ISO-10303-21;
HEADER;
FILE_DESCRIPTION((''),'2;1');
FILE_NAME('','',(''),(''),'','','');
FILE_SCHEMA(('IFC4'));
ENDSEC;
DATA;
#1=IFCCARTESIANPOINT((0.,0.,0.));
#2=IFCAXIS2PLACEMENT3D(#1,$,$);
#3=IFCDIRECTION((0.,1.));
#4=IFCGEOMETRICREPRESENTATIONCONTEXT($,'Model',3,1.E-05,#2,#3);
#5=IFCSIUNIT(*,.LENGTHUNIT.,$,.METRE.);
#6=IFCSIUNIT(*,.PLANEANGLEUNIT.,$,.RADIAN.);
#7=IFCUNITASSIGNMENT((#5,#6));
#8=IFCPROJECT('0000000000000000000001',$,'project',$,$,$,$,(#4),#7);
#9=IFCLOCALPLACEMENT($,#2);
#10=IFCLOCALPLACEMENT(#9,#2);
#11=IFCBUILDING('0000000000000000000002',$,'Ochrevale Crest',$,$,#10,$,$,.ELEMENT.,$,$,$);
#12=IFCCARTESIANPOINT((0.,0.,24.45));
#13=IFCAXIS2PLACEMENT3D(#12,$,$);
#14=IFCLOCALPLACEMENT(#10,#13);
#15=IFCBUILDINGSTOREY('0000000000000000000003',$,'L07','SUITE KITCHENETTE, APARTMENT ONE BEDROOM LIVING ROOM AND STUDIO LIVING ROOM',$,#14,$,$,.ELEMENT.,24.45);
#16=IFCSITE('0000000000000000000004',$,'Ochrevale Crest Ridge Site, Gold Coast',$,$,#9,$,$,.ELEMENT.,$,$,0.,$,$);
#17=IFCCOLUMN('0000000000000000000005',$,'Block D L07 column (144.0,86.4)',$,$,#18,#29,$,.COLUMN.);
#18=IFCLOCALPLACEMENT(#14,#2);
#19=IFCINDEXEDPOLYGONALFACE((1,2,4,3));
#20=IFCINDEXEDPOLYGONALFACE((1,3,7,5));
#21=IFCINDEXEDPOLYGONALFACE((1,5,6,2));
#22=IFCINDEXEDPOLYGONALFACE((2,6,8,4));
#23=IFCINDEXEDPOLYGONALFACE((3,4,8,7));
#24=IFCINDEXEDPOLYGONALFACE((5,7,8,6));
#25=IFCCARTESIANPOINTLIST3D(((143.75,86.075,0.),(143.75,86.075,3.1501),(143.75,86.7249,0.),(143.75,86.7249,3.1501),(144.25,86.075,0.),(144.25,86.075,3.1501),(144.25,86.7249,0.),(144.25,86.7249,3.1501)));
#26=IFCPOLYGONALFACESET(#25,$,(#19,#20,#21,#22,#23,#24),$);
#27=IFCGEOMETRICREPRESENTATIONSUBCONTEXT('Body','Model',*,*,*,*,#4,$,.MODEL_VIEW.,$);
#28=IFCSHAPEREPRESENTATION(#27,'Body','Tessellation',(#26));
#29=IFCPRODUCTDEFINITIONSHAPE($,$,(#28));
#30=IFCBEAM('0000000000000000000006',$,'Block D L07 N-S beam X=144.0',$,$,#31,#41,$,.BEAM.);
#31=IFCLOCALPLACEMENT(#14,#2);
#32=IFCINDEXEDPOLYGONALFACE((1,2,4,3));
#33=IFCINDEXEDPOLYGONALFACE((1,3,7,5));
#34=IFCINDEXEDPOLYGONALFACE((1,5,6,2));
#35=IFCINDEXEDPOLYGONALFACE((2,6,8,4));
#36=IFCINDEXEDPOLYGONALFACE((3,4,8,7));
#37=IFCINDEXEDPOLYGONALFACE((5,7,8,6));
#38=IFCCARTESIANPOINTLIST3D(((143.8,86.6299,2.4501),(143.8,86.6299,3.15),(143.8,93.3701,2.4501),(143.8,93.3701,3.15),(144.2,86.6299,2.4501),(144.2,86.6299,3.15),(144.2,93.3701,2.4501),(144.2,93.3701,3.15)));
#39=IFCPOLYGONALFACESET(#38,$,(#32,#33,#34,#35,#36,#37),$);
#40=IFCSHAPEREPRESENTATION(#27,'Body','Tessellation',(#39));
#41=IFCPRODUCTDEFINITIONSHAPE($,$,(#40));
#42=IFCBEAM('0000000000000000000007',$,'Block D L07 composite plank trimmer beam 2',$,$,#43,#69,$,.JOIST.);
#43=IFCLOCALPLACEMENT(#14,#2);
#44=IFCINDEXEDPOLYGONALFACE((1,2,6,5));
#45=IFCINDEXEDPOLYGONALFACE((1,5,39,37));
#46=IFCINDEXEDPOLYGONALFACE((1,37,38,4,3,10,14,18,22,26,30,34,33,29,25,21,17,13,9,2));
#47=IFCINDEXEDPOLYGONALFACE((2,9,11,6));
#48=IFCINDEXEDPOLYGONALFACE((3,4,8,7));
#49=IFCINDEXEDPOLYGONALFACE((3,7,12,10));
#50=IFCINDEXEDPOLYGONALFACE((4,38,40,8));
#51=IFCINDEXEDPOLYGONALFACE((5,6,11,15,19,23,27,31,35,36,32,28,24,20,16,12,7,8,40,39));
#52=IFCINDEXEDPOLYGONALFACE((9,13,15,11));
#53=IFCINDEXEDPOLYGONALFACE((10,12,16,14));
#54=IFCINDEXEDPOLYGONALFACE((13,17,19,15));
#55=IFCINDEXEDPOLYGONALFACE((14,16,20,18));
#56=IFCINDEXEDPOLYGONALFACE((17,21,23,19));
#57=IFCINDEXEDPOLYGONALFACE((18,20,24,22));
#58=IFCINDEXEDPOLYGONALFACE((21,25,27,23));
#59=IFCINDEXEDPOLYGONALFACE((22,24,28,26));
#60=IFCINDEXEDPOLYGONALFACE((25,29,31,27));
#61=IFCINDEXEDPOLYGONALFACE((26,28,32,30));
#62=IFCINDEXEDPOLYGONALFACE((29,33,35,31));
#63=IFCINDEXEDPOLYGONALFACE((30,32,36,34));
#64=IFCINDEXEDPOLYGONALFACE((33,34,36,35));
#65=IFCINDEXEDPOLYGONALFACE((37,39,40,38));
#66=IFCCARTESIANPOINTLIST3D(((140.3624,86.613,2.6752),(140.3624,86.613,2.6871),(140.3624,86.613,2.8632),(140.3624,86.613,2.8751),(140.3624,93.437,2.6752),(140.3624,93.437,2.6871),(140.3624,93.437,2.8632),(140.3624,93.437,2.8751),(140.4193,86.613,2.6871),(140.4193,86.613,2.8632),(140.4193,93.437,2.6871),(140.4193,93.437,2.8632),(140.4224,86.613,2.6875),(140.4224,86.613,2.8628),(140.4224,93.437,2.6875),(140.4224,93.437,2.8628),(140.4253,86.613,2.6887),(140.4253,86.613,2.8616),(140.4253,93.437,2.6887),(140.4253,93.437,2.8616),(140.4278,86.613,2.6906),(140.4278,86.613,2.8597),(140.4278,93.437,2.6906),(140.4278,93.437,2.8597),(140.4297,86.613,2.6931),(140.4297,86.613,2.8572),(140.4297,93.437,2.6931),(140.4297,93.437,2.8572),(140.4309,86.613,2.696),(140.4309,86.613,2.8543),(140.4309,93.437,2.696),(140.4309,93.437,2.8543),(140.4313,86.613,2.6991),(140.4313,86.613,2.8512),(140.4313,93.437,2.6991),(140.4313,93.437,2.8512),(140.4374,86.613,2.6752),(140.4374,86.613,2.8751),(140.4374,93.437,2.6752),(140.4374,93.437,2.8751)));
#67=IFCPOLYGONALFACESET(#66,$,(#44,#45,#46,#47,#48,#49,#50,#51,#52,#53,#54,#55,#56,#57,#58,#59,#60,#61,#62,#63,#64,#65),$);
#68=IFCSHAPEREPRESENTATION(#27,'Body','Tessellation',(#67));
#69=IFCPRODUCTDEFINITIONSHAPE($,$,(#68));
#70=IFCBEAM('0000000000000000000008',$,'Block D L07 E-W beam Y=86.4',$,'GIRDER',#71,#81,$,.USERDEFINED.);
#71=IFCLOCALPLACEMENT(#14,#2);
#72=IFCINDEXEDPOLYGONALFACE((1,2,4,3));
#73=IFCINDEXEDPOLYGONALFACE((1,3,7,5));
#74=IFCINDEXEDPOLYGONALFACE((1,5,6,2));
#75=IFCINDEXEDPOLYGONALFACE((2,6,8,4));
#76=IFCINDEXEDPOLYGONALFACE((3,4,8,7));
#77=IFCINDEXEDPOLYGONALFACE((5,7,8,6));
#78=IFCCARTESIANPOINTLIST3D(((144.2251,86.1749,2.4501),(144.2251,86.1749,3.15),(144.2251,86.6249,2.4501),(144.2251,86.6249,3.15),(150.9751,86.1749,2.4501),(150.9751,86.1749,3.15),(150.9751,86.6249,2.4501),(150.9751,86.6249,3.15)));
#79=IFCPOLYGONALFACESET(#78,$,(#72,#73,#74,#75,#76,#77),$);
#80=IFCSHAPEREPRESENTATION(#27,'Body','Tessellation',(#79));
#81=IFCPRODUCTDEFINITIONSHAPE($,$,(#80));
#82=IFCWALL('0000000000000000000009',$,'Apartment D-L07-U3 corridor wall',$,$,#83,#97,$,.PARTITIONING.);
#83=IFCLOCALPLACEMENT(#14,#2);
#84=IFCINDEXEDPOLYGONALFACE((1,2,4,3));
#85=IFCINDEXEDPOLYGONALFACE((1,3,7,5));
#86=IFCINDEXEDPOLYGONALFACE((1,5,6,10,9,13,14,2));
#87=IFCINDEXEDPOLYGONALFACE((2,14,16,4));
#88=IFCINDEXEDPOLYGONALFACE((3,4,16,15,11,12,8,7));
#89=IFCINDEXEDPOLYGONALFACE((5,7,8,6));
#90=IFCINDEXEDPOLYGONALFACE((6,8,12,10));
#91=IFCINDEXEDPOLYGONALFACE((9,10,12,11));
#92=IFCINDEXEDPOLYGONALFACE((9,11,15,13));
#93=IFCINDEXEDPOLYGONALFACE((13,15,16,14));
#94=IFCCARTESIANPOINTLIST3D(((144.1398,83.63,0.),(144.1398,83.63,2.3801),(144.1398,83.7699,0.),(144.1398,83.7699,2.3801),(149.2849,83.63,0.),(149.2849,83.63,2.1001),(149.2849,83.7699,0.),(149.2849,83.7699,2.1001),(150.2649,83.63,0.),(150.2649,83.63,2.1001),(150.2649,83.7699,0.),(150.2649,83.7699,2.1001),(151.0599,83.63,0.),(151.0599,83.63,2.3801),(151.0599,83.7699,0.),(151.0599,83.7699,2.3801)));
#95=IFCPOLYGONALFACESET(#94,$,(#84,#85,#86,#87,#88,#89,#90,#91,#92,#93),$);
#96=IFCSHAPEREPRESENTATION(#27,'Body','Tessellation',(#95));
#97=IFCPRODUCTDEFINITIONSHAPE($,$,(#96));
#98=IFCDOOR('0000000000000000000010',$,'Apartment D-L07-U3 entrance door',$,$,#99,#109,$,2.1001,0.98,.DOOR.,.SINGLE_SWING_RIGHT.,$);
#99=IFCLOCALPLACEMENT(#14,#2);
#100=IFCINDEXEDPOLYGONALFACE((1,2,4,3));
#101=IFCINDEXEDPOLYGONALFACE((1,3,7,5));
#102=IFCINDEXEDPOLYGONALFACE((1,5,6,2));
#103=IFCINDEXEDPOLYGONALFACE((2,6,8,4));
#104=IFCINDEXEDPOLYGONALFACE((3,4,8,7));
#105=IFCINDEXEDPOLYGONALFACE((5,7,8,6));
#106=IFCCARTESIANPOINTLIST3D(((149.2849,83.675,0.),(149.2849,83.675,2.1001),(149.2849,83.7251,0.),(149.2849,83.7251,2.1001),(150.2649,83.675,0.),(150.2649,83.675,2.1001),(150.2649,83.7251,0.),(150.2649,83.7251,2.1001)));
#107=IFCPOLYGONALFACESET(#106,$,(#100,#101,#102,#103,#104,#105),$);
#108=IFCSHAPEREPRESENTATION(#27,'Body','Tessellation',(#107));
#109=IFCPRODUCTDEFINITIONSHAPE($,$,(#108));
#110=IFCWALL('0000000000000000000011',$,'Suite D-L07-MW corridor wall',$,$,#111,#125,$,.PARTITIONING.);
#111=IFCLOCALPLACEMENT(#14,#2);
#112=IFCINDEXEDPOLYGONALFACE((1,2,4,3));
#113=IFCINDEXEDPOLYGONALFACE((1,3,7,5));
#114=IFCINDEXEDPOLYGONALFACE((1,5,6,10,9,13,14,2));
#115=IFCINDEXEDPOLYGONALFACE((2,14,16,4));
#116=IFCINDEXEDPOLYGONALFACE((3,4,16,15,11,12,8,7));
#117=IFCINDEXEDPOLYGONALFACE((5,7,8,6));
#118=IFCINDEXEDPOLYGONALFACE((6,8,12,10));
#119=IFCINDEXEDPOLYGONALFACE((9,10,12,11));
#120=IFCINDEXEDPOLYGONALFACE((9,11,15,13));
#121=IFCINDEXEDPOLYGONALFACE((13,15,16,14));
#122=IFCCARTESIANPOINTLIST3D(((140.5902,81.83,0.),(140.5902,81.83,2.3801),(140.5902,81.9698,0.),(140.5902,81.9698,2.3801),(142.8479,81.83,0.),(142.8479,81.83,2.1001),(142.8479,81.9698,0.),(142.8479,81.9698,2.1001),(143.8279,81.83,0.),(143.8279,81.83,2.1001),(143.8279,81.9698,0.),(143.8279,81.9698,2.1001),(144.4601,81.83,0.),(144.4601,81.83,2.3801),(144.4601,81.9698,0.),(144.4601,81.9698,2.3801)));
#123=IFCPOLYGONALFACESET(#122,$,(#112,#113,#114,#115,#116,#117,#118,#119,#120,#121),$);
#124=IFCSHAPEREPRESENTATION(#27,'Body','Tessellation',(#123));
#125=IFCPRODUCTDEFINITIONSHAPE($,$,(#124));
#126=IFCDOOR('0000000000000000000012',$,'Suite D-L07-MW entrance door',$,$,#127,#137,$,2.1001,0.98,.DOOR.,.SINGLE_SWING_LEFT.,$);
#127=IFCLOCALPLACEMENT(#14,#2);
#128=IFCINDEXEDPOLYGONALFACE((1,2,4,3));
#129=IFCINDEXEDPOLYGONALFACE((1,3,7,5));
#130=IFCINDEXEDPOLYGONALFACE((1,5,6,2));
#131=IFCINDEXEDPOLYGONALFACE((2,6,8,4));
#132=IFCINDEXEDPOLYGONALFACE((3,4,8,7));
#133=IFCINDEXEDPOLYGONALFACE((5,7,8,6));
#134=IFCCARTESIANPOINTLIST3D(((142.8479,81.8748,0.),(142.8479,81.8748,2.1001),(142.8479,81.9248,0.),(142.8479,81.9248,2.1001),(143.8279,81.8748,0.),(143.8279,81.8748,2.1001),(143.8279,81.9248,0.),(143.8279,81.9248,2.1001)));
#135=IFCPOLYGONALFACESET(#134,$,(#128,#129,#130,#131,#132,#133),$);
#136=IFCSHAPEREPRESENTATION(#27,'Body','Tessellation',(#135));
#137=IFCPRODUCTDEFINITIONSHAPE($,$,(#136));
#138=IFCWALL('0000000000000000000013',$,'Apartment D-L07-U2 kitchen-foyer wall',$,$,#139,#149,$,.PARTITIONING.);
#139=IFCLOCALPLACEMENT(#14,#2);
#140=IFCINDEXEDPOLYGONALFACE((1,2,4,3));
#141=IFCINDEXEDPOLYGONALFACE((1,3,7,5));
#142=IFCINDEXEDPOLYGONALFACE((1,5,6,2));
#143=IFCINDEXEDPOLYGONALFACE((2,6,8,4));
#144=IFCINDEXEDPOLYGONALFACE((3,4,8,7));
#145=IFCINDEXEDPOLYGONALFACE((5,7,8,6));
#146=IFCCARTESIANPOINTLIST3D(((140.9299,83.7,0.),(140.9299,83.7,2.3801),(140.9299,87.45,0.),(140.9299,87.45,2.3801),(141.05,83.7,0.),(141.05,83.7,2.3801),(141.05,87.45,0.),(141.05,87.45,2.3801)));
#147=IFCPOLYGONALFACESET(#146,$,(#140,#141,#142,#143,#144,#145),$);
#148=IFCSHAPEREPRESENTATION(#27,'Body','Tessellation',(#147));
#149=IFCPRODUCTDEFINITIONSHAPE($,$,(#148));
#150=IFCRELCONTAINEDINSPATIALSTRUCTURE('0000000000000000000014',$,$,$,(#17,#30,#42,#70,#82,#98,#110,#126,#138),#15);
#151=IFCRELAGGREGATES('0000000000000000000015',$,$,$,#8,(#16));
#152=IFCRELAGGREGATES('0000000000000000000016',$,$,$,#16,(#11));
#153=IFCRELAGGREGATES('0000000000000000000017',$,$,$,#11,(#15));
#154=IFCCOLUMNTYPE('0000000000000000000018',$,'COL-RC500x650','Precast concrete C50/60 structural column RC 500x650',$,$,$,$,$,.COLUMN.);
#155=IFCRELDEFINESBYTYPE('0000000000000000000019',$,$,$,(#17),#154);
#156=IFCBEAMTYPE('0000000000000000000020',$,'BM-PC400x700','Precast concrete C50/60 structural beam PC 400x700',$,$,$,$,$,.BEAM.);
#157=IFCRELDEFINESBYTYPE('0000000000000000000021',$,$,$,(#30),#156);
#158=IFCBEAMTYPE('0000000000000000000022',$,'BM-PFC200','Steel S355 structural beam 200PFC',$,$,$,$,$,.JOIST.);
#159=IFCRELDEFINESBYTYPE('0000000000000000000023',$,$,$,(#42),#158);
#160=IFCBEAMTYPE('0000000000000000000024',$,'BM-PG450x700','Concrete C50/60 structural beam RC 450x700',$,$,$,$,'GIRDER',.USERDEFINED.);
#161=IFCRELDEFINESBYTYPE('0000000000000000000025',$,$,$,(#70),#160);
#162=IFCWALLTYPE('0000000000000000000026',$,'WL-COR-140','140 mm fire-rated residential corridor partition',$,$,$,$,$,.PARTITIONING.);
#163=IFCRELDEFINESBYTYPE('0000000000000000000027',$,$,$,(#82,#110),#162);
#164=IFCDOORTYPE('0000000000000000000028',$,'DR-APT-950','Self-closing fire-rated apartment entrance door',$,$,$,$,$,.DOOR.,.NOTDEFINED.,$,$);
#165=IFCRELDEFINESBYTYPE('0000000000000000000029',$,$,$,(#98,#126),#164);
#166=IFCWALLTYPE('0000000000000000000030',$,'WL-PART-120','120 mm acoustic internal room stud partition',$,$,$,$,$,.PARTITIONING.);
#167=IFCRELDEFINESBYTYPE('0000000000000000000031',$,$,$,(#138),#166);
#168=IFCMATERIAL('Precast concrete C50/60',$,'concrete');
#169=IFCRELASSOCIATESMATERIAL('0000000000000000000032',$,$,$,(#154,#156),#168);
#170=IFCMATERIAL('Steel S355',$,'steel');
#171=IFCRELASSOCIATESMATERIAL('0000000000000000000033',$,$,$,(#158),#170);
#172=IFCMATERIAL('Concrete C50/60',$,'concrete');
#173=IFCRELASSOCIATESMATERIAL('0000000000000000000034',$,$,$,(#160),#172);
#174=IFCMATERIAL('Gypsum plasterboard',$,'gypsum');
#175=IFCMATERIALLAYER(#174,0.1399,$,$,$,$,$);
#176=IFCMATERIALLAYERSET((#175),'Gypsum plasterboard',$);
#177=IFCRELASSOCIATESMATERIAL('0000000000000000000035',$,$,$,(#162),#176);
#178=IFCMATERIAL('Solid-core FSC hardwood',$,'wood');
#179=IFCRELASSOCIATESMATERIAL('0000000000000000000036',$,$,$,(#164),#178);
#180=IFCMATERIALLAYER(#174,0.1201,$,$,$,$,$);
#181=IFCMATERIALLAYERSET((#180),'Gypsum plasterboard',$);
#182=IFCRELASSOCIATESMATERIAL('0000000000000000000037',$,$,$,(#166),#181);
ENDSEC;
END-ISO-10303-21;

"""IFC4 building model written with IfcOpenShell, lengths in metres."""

from ifc_helpers import new_model, si_unit, direction, frame, frame_2d, origin, origin_2d, place, context, subcontext, project, spatial, rectangle, u_section, extrude, material, layer, layer_set, material_profile, profile_set, type_object, element, fill, save


model = new_model("IFC4")

# Units and contexts
model_context = context("Model", 3, precision=1e-05, world=origin(), true_north=direction((0.0, 1.0)))
body_context = subcontext(model_context, "Body", "Model", "MODEL_VIEW")
ifc_project = project(units=[si_unit("LENGTHUNIT", "METRE"), si_unit("PLANEANGLEUNIT", "RADIAN")], contexts=[model_context])

# Site, building, storey
site_placement = place(None, origin())
site = spatial("IfcSite", under=ifc_project, at=site_placement, Name="Ochrevale Crest Ridge Site, Gold Coast", CompositionType="ELEMENT", RefElevation=0.0)
building_placement = place(site_placement, origin())
building = spatial("IfcBuilding", under=site, at=building_placement, Name="Ochrevale Crest", CompositionType="ELEMENT")
storey_placement = place(building_placement, frame((0.0, 0.0, 24.45)))
storey = spatial("IfcBuildingStorey", under=building, at=storey_placement, Name="L07", Description="SUITE KITCHENETTE, APARTMENT ONE BEDROOM LIVING ROOM AND STUDIO LIVING ROOM", CompositionType="ELEMENT", Elevation=24.45)

# Column
ifc_material_1 = material(Name="Precast concrete C50/60", Category="concrete")
ifc_material_profile_1 = material_profile(ifc_material_1, rectangle(XDim=0.5, YDim=0.6499, at=origin_2d()), Name="RC 500x650")
ifc_profile_set_1 = profile_set([ifc_material_profile_1], Name="Precast concrete C50/60")
column_type = type_object("IfcColumnType", Name="COL-RC500x650", Description="Precast concrete C50/60 structural column RC 500x650", PredefinedType="COLUMN", material=ifc_profile_set_1)
column_placement = place(storey_placement, frame((144.0, 86.3999, 0.0), z_axis=(0.0, 0.0, 1.0), x_axis=(1.0, 0.0, 0.0)))
element("IfcColumn", 1, at=column_placement, inside=storey, type_object=column_type, Name="Block D L07 column (144.0,86.4)", PredefinedType="COLUMN", context=body_context, shape_type="SweptSolid", body=[
    extrude(rectangle(XDim=0.5, YDim=0.6499, at=origin_2d()), origin(), (0.0, 0.0, 1.0), 3.1501),
])

# Beams
ifc_material_profile_2 = material_profile(ifc_material_1, rectangle(XDim=0.3999, YDim=0.7, at=origin_2d()), Name="PC 400x700")
ifc_profile_set_2 = profile_set([ifc_material_profile_2], Name="Precast concrete C50/60")
beam_type_1 = type_object("IfcBeamType", Name="BM-PC400x700", Description="Precast concrete C50/60 structural beam PC 400x700", PredefinedType="BEAM", material=ifc_profile_set_2)
beam_1_placement = place(storey_placement, frame((144.0, 86.6299, 2.8), z_axis=(0.0, 1.0, 0.0), x_axis=(-1.0, 0.0, 0.0)))
element("IfcBeam", 2, at=beam_1_placement, inside=storey, type_object=beam_type_1, Name="Block D L07 N-S beam X=144.0", PredefinedType="BEAM", context=body_context, shape_type="SweptSolid", body=[
    extrude(rectangle(XDim=0.3999, YDim=0.7, at=origin_2d()), origin(), (0.0, 0.0, 1.0), 6.7402),
])
ifc_material_2 = material(Name="Steel S355", Category="steel")
ifc_material_profile_3 = material_profile(ifc_material_2, u_section(Depth=0.2, FlangeWidth=0.075, WebThickness=0.0061, FlangeThickness=0.012, FilletRadius=0.012, at=origin_2d()), Name="200PFC")
ifc_profile_set_3 = profile_set([ifc_material_profile_3], Name="Steel S355")
beam_type_2 = type_object("IfcBeamType", Name="BM-PFC200", Description="Steel S355 structural beam 200PFC", PredefinedType="JOIST", material=ifc_profile_set_3)
beam_2_placement = place(storey_placement, frame((140.3999, 86.613, 2.7751), z_axis=(0.0, 1.0, 0.0), x_axis=(-1.0, 0.0, 0.0)))
element("IfcBeam", 3, at=beam_2_placement, inside=storey, type_object=beam_type_2, Name="Block D L07 composite plank trimmer beam 2", PredefinedType="JOIST", context=body_context, shape_type="SweptSolid", body=[
    extrude(u_section(Depth=0.2, FlangeWidth=0.075, WebThickness=0.0061, FlangeThickness=0.012, FilletRadius=0.012, at=origin_2d()), origin(), (0.0, 0.0, 1.0), 6.824),
])
ifc_material_3 = material(Name="Concrete C50/60", Category="concrete")
ifc_material_profile_4 = material_profile(ifc_material_3, rectangle(XDim=0.45, YDim=0.7, at=origin_2d()), Name="RC 450x700")
ifc_profile_set_4 = profile_set([ifc_material_profile_4], Name="Concrete C50/60")
beam_type_3 = type_object("IfcBeamType", Name="BM-PG450x700", Description="Concrete C50/60 structural beam RC 450x700", ElementType="GIRDER", PredefinedType="USERDEFINED", material=ifc_profile_set_4)
beam_3_placement = place(storey_placement, frame((144.2251, 86.3999, 2.8), z_axis=(1.0, 0.0, 0.0), x_axis=(0.0, 1.0, 0.0)))
element("IfcBeam", 4, at=beam_3_placement, inside=storey, type_object=beam_type_3, Name="Block D L07 E-W beam Y=86.4", ObjectType="GIRDER", PredefinedType="USERDEFINED", context=body_context, shape_type="SweptSolid", body=[
    extrude(rectangle(XDim=0.45, YDim=0.7, at=origin_2d()), origin(), (0.0, 0.0, 1.0), 6.75),
])

# Walls, openings, doors
ifc_material_4 = material(Name="Gypsum plasterboard", Category="gypsum")
ifc_layer_1 = layer(ifc_material_4, 0.1399)
ifc_layer_set_1 = layer_set([ifc_layer_1], Name="Gypsum plasterboard")
wall_type_1 = type_object("IfcWallType", Name="WL-COR-140", Description="140 mm fire-rated residential corridor partition", PredefinedType="PARTITIONING", material=ifc_layer_set_1)
wall_1_placement = place(storey_placement, frame((144.1399, 83.7, 0.0), z_axis=(0.0, 0.0, 1.0), x_axis=(1.0, 0.0, 0.0)))
wall_1 = element("IfcWall", 5, at=wall_1_placement, inside=storey, type_object=wall_type_1, Name="Apartment D-L07-U3 corridor wall", PredefinedType="PARTITIONING", context=body_context, shape_type="SweptSolid", body=[
    extrude(rectangle(XDim=6.9202, YDim=0.1399, at=frame_2d((3.46, 0.0))), origin(), (0.0, 0.0, 1.0), 2.3801),
])
opening_1_placement = place(wall_1_placement, frame((6.125, 0.0, 0.0), z_axis=(0.0, 0.0, 1.0), x_axis=(-1.0, 0.0, 0.0)))
opening_1 = element("IfcOpeningElement", 6, at=opening_1_placement, cuts=wall_1, PredefinedType="OPENING", context=body_context, shape_type="SweptSolid", body=[
    extrude(rectangle(XDim=0.98, YDim=2.1001, at=frame_2d((0.49, 1.05))), frame((0.0, 0.0801, 0.0), z_axis=(0.0, -1.0, 0.0), x_axis=(1.0, 0.0, 0.0)), (0.0, 0.0, 1.0), 0.1599),
])
ifc_material_5 = material(Name="Solid-core FSC hardwood", Category="wood")
door_type_1 = type_object("IfcDoorType", Name="DR-APT-950", Description="Self-closing fire-rated apartment entrance door", OperationType="NOTDEFINED", PredefinedType="DOOR", material=ifc_material_5)
door_1_placement = place(opening_1_placement, origin())
door_1 = element("IfcDoor", 7, at=door_1_placement, inside=storey, type_object=door_type_1, Name="Apartment D-L07-U3 entrance door", OperationType="SINGLE_SWING_RIGHT", OverallHeight=2.1001, OverallWidth=0.98, PredefinedType="DOOR", context=body_context, shape_type="SweptSolid", body=[
    extrude(rectangle(XDim=0.98, YDim=2.1001, at=frame_2d((0.49, 1.05))), frame((0.0, 0.0249, 0.0), z_axis=(0.0, -1.0, 0.0), x_axis=(1.0, 0.0, 0.0)), (0.0, 0.0, 1.0), 0.05),
])
fill(opening_1, door_1)
wall_2_placement = place(storey_placement, frame((140.5901, 81.8999, 0.0), z_axis=(0.0, 0.0, 1.0), x_axis=(1.0, 0.0, 0.0)))
wall_2 = element("IfcWall", 8, at=wall_2_placement, inside=storey, type_object=wall_type_1, Name="Suite D-L07-MW corridor wall", PredefinedType="PARTITIONING", context=body_context, shape_type="SweptSolid", body=[
    extrude(rectangle(XDim=3.8699, YDim=0.1399, at=frame_2d((1.9351, 0.0))), origin(), (0.0, 0.0, 1.0), 2.3801),
])
opening_2_placement = place(wall_2_placement, frame((2.2578, 0.0, 0.0)))
opening_2 = element("IfcOpeningElement", 9, at=opening_2_placement, cuts=wall_2, PredefinedType="OPENING", context=body_context, shape_type="SweptSolid", body=[
    extrude(rectangle(XDim=0.98, YDim=2.1001, at=frame_2d((0.49, 1.05))), frame((0.0, 0.0801, 0.0), z_axis=(0.0, -1.0, 0.0), x_axis=(1.0, 0.0, 0.0)), (0.0, 0.0, 1.0), 0.1599),
])
door_2_placement = place(opening_2_placement, origin())
door_2 = element("IfcDoor", 10, at=door_2_placement, inside=storey, type_object=door_type_1, Name="Suite D-L07-MW entrance door", OperationType="SINGLE_SWING_LEFT", OverallHeight=2.1001, OverallWidth=0.98, PredefinedType="DOOR", context=body_context, shape_type="SweptSolid", body=[
    extrude(rectangle(XDim=0.98, YDim=2.1001, at=frame_2d((0.49, 1.05))), frame((0.0, 0.0249, 0.0), z_axis=(0.0, -1.0, 0.0), x_axis=(1.0, 0.0, 0.0)), (0.0, 0.0, 1.0), 0.05),
])
fill(opening_2, door_2)

# Wall
ifc_layer_2 = layer(ifc_material_4, 0.1201)
ifc_layer_set_2 = layer_set([ifc_layer_2], Name="Gypsum plasterboard")
wall_type_2 = type_object("IfcWallType", Name="WL-PART-120", Description="120 mm acoustic internal room stud partition", PredefinedType="PARTITIONING", material=ifc_layer_set_2)
wall_3_placement = place(storey_placement, frame((140.99, 83.7, 0.0), z_axis=(0.0, 0.0, 1.0), x_axis=(0.0, 1.0, 0.0)))
element("IfcWall", 11, at=wall_3_placement, inside=storey, type_object=wall_type_2, Name="Apartment D-L07-U2 kitchen-foyer wall", PredefinedType="PARTITIONING", context=body_context, shape_type="SweptSolid", body=[
    extrude(rectangle(XDim=3.75, YDim=0.1201, at=frame_2d((1.875, 0.0))), origin(), (0.0, 0.0, 1.0), 2.3801),
])

save(model, "model.ifc")
